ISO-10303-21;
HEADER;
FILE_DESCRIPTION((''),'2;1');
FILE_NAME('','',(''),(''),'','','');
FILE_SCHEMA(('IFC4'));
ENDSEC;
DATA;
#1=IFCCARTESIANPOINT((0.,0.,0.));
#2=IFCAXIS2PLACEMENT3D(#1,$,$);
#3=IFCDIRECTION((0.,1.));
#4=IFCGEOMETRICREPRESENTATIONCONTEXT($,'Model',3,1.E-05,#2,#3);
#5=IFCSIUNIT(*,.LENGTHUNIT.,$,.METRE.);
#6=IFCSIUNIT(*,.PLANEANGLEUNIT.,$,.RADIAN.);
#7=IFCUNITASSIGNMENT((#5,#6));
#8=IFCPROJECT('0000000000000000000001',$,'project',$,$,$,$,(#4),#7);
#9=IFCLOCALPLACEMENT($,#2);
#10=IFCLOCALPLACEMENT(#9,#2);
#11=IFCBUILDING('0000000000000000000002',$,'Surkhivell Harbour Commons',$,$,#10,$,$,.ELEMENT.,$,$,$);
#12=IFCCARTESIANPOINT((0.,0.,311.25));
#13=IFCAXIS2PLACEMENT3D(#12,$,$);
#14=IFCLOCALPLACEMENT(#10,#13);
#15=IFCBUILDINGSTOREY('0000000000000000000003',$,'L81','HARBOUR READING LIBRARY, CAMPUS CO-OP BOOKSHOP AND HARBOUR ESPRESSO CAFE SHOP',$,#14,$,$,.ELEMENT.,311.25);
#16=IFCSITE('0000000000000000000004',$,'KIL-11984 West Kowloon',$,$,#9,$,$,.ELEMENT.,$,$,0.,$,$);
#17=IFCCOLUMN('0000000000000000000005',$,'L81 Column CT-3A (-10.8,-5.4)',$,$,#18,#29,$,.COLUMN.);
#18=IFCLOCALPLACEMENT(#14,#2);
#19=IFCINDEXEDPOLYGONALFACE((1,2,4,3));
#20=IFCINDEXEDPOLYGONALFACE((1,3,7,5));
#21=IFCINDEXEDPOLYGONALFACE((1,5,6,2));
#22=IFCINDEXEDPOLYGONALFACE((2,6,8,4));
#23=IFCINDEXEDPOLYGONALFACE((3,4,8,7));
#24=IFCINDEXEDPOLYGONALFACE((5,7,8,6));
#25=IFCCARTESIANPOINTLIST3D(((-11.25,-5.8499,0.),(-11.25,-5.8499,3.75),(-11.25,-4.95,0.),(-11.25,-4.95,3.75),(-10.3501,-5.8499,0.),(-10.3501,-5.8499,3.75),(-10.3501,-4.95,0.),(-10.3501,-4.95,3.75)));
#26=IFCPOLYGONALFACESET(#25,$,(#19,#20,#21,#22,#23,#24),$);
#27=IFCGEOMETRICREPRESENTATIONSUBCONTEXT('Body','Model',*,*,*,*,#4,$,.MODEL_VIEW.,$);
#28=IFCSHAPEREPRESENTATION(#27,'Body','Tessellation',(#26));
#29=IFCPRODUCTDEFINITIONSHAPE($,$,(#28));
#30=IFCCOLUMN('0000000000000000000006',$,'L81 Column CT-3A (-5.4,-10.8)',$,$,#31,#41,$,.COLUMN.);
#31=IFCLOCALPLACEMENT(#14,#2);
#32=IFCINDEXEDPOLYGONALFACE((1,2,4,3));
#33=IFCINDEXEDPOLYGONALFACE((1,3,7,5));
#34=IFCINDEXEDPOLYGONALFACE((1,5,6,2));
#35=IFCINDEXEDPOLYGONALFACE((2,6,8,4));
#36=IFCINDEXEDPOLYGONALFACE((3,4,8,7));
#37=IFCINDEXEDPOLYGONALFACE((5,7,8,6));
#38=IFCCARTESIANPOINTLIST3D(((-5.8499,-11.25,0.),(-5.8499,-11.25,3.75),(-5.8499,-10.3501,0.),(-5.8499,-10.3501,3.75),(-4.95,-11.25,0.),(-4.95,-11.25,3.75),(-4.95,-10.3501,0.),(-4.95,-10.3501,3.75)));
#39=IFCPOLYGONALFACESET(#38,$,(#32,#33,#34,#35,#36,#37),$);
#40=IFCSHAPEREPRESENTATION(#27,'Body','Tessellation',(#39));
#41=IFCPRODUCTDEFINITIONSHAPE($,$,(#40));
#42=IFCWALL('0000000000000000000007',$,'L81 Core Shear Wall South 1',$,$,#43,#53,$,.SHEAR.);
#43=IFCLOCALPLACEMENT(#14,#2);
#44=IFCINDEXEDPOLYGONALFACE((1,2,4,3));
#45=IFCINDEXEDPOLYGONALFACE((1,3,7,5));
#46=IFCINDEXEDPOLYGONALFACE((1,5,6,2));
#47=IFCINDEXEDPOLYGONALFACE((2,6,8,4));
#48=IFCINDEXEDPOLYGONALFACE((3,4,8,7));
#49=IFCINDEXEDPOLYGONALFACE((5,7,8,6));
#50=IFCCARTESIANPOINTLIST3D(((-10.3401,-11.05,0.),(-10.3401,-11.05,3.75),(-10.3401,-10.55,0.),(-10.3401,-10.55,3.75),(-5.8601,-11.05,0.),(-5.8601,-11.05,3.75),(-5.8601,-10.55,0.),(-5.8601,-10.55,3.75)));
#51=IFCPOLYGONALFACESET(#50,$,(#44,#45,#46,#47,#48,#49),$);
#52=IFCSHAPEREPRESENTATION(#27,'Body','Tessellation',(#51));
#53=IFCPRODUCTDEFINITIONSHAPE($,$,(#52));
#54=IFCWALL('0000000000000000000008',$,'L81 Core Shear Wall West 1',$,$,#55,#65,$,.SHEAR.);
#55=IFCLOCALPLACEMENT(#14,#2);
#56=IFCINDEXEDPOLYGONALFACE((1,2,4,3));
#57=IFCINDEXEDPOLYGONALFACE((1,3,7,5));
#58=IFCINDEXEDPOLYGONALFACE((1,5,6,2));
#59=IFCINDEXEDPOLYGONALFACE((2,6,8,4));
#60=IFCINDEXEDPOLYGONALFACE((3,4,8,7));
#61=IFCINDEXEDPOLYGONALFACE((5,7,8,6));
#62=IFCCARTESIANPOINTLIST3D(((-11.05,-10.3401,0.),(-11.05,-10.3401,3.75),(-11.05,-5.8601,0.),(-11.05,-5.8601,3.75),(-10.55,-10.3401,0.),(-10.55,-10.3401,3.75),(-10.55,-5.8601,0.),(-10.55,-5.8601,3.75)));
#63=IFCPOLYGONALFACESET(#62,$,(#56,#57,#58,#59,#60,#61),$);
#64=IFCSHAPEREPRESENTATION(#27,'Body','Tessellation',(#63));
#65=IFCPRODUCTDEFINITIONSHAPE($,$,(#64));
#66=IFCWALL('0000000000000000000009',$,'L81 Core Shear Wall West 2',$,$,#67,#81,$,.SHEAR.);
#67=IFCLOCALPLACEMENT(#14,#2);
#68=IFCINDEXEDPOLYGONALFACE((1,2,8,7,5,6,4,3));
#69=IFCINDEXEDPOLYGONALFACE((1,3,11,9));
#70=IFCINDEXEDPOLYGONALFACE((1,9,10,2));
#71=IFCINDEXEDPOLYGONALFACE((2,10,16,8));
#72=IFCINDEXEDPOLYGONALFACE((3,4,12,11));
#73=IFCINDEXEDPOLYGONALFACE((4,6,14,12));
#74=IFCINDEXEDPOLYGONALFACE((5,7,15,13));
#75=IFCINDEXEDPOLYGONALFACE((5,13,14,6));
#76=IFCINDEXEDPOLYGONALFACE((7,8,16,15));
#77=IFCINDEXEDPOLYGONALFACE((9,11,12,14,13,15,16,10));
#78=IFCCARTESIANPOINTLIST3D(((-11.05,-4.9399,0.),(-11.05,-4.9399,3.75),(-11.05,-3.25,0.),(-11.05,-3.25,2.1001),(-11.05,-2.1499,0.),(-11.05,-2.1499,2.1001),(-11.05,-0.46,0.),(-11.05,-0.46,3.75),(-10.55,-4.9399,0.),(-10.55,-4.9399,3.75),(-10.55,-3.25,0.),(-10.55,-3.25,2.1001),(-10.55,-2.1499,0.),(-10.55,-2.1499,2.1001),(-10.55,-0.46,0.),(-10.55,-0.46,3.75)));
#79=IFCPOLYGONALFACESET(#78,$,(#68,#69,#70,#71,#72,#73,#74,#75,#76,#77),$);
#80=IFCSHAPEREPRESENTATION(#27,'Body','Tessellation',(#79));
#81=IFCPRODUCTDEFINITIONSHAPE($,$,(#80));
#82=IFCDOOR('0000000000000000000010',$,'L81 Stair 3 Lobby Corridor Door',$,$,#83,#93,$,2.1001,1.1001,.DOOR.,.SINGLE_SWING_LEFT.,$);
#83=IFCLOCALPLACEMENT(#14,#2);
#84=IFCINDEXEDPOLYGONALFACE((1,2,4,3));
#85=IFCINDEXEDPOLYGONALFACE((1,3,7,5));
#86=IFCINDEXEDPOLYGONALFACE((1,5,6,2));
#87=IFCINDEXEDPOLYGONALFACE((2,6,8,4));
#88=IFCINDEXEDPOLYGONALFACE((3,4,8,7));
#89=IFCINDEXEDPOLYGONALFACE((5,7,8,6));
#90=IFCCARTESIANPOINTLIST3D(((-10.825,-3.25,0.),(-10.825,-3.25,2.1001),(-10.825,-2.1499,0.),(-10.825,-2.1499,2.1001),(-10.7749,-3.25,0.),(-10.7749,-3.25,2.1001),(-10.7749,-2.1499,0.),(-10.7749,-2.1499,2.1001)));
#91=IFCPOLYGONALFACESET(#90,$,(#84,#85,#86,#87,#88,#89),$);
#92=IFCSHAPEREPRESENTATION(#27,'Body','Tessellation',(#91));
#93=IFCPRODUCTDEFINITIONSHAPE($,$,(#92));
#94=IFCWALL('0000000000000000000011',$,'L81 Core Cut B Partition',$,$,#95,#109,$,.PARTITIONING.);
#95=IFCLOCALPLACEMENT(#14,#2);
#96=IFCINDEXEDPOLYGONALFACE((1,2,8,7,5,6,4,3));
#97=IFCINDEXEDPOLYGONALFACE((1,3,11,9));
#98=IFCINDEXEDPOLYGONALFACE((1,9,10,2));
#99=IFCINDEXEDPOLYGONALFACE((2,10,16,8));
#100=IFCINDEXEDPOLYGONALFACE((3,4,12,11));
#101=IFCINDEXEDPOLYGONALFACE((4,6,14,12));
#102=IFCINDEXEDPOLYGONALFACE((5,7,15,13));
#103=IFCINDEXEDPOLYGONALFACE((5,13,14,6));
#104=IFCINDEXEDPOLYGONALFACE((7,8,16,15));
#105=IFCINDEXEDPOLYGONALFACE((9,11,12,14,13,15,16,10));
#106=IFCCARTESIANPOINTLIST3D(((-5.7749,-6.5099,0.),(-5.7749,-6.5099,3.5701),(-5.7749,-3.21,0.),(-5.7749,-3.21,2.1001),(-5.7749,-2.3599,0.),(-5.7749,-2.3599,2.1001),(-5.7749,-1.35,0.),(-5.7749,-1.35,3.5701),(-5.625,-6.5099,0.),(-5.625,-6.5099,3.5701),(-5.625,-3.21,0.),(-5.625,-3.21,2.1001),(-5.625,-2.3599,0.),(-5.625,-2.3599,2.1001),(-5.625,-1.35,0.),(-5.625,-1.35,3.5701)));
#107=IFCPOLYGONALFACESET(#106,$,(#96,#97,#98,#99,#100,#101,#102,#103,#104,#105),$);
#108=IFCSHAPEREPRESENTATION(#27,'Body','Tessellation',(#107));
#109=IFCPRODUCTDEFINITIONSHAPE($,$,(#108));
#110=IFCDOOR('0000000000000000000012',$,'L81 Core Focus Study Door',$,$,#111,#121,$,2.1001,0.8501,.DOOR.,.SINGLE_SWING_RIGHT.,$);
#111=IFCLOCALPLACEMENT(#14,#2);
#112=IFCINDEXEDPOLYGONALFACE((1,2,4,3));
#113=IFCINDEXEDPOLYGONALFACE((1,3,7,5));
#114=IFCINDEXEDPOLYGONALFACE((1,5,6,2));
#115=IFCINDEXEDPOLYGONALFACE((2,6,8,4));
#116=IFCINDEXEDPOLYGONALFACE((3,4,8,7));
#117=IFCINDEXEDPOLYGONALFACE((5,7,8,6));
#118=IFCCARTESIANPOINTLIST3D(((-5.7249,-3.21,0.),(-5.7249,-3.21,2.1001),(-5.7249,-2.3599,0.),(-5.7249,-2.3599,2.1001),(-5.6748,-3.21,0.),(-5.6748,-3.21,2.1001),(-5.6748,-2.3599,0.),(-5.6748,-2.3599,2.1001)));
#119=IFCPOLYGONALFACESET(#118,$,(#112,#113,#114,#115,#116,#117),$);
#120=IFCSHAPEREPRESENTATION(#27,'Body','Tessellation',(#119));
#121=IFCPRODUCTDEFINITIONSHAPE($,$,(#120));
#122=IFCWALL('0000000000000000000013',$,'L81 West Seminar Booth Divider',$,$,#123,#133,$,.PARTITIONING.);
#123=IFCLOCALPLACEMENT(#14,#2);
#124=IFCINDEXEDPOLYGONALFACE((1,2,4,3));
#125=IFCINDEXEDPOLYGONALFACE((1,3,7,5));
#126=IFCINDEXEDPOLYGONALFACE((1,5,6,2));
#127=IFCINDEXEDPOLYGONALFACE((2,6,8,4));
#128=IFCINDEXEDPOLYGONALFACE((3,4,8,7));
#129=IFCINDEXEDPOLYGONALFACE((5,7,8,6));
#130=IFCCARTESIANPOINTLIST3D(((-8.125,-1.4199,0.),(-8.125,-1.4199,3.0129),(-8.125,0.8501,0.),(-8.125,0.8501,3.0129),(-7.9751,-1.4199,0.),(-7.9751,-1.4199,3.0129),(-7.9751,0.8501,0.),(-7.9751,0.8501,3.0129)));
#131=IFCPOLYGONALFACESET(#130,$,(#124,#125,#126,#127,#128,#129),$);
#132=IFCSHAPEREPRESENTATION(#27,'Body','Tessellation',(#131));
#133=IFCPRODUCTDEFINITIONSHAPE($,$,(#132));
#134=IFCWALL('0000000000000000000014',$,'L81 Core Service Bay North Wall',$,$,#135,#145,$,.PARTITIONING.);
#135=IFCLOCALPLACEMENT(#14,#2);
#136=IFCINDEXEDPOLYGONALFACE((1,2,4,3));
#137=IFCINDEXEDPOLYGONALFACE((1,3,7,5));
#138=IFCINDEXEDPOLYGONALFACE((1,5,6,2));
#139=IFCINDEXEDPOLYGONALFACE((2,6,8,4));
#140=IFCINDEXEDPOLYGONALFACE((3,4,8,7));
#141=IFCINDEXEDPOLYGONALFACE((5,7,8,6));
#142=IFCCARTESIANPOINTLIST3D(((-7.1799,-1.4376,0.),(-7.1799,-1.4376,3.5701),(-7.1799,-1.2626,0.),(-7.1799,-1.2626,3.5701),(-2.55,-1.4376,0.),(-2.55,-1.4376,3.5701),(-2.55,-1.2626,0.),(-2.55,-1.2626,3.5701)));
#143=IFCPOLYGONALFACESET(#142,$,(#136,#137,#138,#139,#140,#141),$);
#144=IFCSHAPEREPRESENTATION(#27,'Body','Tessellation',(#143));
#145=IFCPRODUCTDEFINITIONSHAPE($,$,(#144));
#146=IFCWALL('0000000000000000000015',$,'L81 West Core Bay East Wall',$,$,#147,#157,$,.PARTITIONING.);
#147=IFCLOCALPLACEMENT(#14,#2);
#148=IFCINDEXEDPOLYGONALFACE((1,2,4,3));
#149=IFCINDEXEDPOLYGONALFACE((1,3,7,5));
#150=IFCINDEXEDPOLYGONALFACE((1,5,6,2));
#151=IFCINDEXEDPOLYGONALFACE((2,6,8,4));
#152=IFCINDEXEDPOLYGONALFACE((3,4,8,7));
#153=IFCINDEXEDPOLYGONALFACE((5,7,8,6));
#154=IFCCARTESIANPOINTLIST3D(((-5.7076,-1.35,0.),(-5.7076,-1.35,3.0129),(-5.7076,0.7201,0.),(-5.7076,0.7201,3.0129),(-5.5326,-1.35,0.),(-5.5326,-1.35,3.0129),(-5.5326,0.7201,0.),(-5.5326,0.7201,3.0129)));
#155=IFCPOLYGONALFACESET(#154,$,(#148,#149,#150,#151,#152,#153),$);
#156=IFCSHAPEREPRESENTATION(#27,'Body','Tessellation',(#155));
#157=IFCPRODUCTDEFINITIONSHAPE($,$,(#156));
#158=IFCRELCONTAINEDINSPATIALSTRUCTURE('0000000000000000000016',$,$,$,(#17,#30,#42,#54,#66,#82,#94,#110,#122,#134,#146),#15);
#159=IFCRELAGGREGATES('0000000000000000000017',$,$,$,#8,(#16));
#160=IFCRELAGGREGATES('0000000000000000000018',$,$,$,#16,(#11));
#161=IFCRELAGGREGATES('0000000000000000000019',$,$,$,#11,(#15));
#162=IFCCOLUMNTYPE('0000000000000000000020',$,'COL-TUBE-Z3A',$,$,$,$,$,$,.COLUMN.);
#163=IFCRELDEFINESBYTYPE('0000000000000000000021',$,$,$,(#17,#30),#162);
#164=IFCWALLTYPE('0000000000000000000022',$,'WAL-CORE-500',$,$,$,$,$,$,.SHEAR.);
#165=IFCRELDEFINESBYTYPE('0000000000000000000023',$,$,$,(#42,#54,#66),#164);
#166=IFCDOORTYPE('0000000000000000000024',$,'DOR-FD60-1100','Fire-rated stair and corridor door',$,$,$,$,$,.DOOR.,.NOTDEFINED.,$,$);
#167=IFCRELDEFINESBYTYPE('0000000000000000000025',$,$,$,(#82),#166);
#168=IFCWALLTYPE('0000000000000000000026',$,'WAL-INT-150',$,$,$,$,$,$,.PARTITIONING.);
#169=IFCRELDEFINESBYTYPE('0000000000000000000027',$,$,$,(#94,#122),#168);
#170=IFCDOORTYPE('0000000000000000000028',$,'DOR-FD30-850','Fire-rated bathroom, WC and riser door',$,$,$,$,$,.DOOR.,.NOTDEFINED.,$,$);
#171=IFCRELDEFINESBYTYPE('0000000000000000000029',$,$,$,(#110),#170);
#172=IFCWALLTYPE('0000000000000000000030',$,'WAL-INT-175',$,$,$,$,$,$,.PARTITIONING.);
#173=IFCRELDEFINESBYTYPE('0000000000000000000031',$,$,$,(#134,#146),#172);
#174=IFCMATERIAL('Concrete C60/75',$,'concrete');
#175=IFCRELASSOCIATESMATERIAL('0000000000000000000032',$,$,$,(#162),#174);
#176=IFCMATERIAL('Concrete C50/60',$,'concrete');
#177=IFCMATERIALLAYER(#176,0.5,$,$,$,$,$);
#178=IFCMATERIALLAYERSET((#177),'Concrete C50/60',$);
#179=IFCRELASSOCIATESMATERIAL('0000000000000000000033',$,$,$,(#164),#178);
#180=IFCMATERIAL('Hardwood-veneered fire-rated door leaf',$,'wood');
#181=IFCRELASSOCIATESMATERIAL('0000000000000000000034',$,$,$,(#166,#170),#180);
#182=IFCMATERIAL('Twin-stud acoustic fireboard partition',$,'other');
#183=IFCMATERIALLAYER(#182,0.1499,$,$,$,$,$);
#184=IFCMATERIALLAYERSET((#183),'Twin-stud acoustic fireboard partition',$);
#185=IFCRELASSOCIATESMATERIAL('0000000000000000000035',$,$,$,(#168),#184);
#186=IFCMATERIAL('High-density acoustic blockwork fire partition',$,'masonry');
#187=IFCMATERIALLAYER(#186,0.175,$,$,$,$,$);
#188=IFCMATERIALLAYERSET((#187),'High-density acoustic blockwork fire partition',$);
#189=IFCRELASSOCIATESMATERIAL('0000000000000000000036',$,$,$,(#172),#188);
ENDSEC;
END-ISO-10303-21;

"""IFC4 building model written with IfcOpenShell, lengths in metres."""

from ifc_helpers import new_model, si_unit, direction, frame, frame_2d, origin, origin_2d, place, context, subcontext, project, spatial, rectangle, extrude, material, layer, layer_set, material_profile, profile_set, type_object, element, fill, save


model = new_model("IFC4")

# Units and contexts
model_context = context("Model", 3, precision=1e-05, world=origin(), true_north=direction((0.0, 1.0)))
body_context = subcontext(model_context, "Body", "Model", "MODEL_VIEW")
ifc_project = project(units=[si_unit("LENGTHUNIT", "METRE"), si_unit("PLANEANGLEUNIT", "RADIAN")], contexts=[model_context])

# Site, building, storey
site_placement = place(None, origin())
site = spatial("IfcSite", under=ifc_project, at=site_placement, Name="KIL-11984 West Kowloon", CompositionType="ELEMENT", RefElevation=0.0)
building_placement = place(site_placement, origin())
building = spatial("IfcBuilding", under=site, at=building_placement, Name="Surkhivell Harbour Commons", CompositionType="ELEMENT")
storey_placement = place(building_placement, frame((0.0, 0.0, 311.25)))
storey = spatial("IfcBuildingStorey", under=building, at=storey_placement, Name="L81", Description="HARBOUR READING LIBRARY, CAMPUS CO-OP BOOKSHOP AND HARBOUR ESPRESSO CAFE SHOP", CompositionType="ELEMENT", Elevation=311.25)

# Columns
ifc_material_1 = material(Name="Concrete C60/75", Category="concrete")
ifc_material_profile = material_profile(ifc_material_1, rectangle(XDim=0.8999, YDim=0.8999, at=origin_2d()), Name="RC-COL-900x900")
ifc_profile_set = profile_set([ifc_material_profile], Name="Concrete C60/75")
column_type = type_object("IfcColumnType", Name="COL-TUBE-Z3A", PredefinedType="COLUMN", material=ifc_profile_set)
for number, where, z_axis, x_axis, name in (
    (1, (-10.8, -5.3999, 0.0), (0.0, 0.0, 1.0), (1.0, 0.0, 0.0), "L81 Column CT-3A (-10.8,-5.4)"),
    (2, (-5.3999, -10.8, 0.0), (0.0, 0.0, 1.0), (1.0, 0.0, 0.0), "L81 Column CT-3A (-5.4,-10.8)"),
):
    element("IfcColumn", number, at=place(storey_placement, frame(where, z_axis=z_axis, x_axis=x_axis)), inside=storey, type_object=column_type, Name=name, PredefinedType="COLUMN", context=body_context, shape_type="SweptSolid", body=[
        extrude(rectangle(XDim=0.8999, YDim=0.8999, at=origin_2d()), origin(), (0.0, 0.0, 1.0), 3.75),
    ])

# Walls
ifc_material_2 = material(Name="Concrete C50/60", Category="concrete")
ifc_layer_1 = layer(ifc_material_2, 0.5)
ifc_layer_set_1 = layer_set([ifc_layer_1], Name="Concrete C50/60")
wall_type_1 = type_object("IfcWallType", Name="WAL-CORE-500", PredefinedType="SHEAR", material=ifc_layer_set_1)
for number, where, z_axis, x_axis, name in (
    (3, (-10.3401, -10.8, 0.0), (0.0, 0.0, 1.0), (1.0, 0.0, 0.0), "L81 Core Shear Wall South 1"),
    (4, (-10.8, -10.3401, 0.0), (0.0, 0.0, 1.0), (0.0, 1.0, 0.0), "L81 Core Shear Wall West 1"),
):
    element("IfcWall", number, at=place(storey_placement, frame(where, z_axis=z_axis, x_axis=x_axis)), inside=storey, type_object=wall_type_1, Name=name, PredefinedType="SHEAR", context=body_context, shape_type="SweptSolid", body=[
        extrude(rectangle(XDim=4.48, YDim=0.5, at=frame_2d((2.24, 0.0))), origin(), (0.0, 0.0, 1.0), 3.75),
    ])

# Walls, openings, doors
wall_1_placement = place(storey_placement, frame((-10.8, -4.9399, 0.0), z_axis=(0.0, 0.0, 1.0), x_axis=(0.0, 1.0, 0.0)))
wall_1 = element("IfcWall", 5, at=wall_1_placement, inside=storey, type_object=wall_type_1, Name="L81 Core Shear Wall West 2", PredefinedType="SHEAR", context=body_context, shape_type="SweptSolid", body=[
    extrude(rectangle(XDim=4.48, YDim=0.5, at=frame_2d((2.24, 0.0))), origin(), (0.0, 0.0, 1.0), 3.75),
])
opening_1_placement = place(wall_1_placement, frame((1.6899, 0.0, 0.0)))
opening_1 = element("IfcOpeningElement", 6, at=opening_1_placement, cuts=wall_1, PredefinedType="OPENING", context=body_context, shape_type="SweptSolid", body=[
    extrude(rectangle(XDim=1.1001, YDim=2.1001, at=frame_2d((0.55, 1.05))), frame((0.0, 0.26, 0.0), z_axis=(0.0, -1.0, 0.0), x_axis=(1.0, 0.0, 0.0)), (0.0, 0.0, 1.0), 0.52),
])
ifc_material_3 = material(Name="Hardwood-veneered fire-rated door leaf", Category="wood")
door_type_1 = type_object("IfcDoorType", Name="DOR-FD60-1100", Description="Fire-rated stair and corridor door", OperationType="NOTDEFINED", PredefinedType="DOOR", material=ifc_material_3)
door_1_placement = place(opening_1_placement, origin())
door_1 = element("IfcDoor", 7, at=door_1_placement, inside=storey, type_object=door_type_1, Name="L81 Stair 3 Lobby Corridor Door", OperationType="SINGLE_SWING_LEFT", OverallHeight=2.1001, OverallWidth=1.1001, PredefinedType="DOOR", context=body_context, shape_type="SweptSolid", body=[
    extrude(rectangle(XDim=1.1001, YDim=2.1001, at=frame_2d((0.55, 1.05))), frame((0.0, 0.0249, 0.0), z_axis=(0.0, -1.0, 0.0), x_axis=(1.0, 0.0, 0.0)), (0.0, 0.0, 1.0), 0.05),
])
fill(opening_1, door_1)
ifc_material_4 = material(Name="Twin-stud acoustic fireboard partition", Category="other")
ifc_layer_2 = layer(ifc_material_4, 0.1499)
ifc_layer_set_2 = layer_set([ifc_layer_2], Name="Twin-stud acoustic fireboard partition")
wall_type_2 = type_object("IfcWallType", Name="WAL-INT-150", PredefinedType="PARTITIONING", material=ifc_layer_set_2)
wall_2_placement = place(storey_placement, frame((-5.7, -6.51, 0.0), z_axis=(0.0, 0.0, 1.0), x_axis=(0.0, 1.0, 0.0)))
wall_2 = element("IfcWall", 8, at=wall_2_placement, inside=storey, type_object=wall_type_2, Name="L81 Core Cut B Partition", PredefinedType="PARTITIONING", context=body_context, shape_type="SweptSolid", body=[
    extrude(rectangle(XDim=5.1599, YDim=0.1499, at=frame_2d((2.5801, 0.0))), origin(), (0.0, 0.0, 1.0), 3.5701),
])
opening_2_placement = place(wall_2_placement, frame((3.3, 0.0, 0.0)))
opening_2 = element("IfcOpeningElement", 9, at=opening_2_placement, cuts=wall_2, PredefinedType="OPENING", context=body_context, shape_type="SweptSolid", body=[
    extrude(rectangle(XDim=0.8501, YDim=2.1001, at=frame_2d((0.425, 1.05))), frame((0.0, 0.085, 0.0), z_axis=(0.0, -1.0, 0.0), x_axis=(1.0, 0.0, 0.0)), (0.0, 0.0, 1.0), 0.1699),
])
door_type_2 = type_object("IfcDoorType", Name="DOR-FD30-850", Description="Fire-rated bathroom, WC and riser door", OperationType="NOTDEFINED", PredefinedType="DOOR", material=ifc_material_3)
door_2_placement = place(opening_2_placement, origin())
door_2 = element("IfcDoor", 10, at=door_2_placement, inside=storey, type_object=door_type_2, Name="L81 Core Focus Study Door", OperationType="SINGLE_SWING_RIGHT", OverallHeight=2.1001, OverallWidth=0.8501, PredefinedType="DOOR", context=body_context, shape_type="SweptSolid", body=[
    extrude(rectangle(XDim=0.8501, YDim=2.1001, at=frame_2d((0.425, 1.05))), frame((0.0, 0.0249, 0.0), z_axis=(0.0, -1.0, 0.0), x_axis=(1.0, 0.0, 0.0)), (0.0, 0.0, 1.0), 0.05),
])
fill(opening_2, door_2)

# Walls
wall_3_placement = place(storey_placement, frame((-8.05, -1.4199, 0.0), z_axis=(0.0, 0.0, 1.0), x_axis=(0.0, 1.0, 0.0)))
element("IfcWall", 11, at=wall_3_placement, inside=storey, type_object=wall_type_2, Name="L81 West Seminar Booth Divider", PredefinedType="PARTITIONING", context=body_context, shape_type="SweptSolid", body=[
    extrude(rectangle(XDim=2.27, YDim=0.1499, at=frame_2d((1.135, 0.0))), origin(), (0.0, 0.0, 1.0), 3.0129),
])
ifc_material_5 = material(Name="High-density acoustic blockwork fire partition", Category="masonry")
ifc_layer_3 = layer(ifc_material_5, 0.175)
ifc_layer_set_3 = layer_set([ifc_layer_3], Name="High-density acoustic blockwork fire partition")
wall_type_3 = type_object("IfcWallType", Name="WAL-INT-175", PredefinedType="PARTITIONING", material=ifc_layer_set_3)
wall_4_placement = place(storey_placement, frame((-7.1799, -1.3501, 0.0), z_axis=(0.0, 0.0, 1.0), x_axis=(1.0, 0.0, 0.0)))
element("IfcWall", 12, at=wall_4_placement, inside=storey, type_object=wall_type_3, Name="L81 Core Service Bay North Wall", PredefinedType="PARTITIONING", context=body_context, shape_type="SweptSolid", body=[
    extrude(rectangle(XDim=4.6299, YDim=0.175, at=frame_2d((2.3149, 0.0))), origin(), (0.0, 0.0, 1.0), 3.5701),
])
wall_5_placement = place(storey_placement, frame((-5.6201, -1.3501, 0.0), z_axis=(0.0, 0.0, 1.0), x_axis=(0.0, 1.0, 0.0)))
element("IfcWall", 13, at=wall_5_placement, inside=storey, type_object=wall_type_3, Name="L81 West Core Bay East Wall", PredefinedType="PARTITIONING", context=body_context, shape_type="SweptSolid", body=[
    extrude(rectangle(XDim=2.0701, YDim=0.175, at=frame_2d((1.0352, 0.0))), origin(), (0.0, 0.0, 1.0), 3.0129),
])

save(model, "model.ifc")
